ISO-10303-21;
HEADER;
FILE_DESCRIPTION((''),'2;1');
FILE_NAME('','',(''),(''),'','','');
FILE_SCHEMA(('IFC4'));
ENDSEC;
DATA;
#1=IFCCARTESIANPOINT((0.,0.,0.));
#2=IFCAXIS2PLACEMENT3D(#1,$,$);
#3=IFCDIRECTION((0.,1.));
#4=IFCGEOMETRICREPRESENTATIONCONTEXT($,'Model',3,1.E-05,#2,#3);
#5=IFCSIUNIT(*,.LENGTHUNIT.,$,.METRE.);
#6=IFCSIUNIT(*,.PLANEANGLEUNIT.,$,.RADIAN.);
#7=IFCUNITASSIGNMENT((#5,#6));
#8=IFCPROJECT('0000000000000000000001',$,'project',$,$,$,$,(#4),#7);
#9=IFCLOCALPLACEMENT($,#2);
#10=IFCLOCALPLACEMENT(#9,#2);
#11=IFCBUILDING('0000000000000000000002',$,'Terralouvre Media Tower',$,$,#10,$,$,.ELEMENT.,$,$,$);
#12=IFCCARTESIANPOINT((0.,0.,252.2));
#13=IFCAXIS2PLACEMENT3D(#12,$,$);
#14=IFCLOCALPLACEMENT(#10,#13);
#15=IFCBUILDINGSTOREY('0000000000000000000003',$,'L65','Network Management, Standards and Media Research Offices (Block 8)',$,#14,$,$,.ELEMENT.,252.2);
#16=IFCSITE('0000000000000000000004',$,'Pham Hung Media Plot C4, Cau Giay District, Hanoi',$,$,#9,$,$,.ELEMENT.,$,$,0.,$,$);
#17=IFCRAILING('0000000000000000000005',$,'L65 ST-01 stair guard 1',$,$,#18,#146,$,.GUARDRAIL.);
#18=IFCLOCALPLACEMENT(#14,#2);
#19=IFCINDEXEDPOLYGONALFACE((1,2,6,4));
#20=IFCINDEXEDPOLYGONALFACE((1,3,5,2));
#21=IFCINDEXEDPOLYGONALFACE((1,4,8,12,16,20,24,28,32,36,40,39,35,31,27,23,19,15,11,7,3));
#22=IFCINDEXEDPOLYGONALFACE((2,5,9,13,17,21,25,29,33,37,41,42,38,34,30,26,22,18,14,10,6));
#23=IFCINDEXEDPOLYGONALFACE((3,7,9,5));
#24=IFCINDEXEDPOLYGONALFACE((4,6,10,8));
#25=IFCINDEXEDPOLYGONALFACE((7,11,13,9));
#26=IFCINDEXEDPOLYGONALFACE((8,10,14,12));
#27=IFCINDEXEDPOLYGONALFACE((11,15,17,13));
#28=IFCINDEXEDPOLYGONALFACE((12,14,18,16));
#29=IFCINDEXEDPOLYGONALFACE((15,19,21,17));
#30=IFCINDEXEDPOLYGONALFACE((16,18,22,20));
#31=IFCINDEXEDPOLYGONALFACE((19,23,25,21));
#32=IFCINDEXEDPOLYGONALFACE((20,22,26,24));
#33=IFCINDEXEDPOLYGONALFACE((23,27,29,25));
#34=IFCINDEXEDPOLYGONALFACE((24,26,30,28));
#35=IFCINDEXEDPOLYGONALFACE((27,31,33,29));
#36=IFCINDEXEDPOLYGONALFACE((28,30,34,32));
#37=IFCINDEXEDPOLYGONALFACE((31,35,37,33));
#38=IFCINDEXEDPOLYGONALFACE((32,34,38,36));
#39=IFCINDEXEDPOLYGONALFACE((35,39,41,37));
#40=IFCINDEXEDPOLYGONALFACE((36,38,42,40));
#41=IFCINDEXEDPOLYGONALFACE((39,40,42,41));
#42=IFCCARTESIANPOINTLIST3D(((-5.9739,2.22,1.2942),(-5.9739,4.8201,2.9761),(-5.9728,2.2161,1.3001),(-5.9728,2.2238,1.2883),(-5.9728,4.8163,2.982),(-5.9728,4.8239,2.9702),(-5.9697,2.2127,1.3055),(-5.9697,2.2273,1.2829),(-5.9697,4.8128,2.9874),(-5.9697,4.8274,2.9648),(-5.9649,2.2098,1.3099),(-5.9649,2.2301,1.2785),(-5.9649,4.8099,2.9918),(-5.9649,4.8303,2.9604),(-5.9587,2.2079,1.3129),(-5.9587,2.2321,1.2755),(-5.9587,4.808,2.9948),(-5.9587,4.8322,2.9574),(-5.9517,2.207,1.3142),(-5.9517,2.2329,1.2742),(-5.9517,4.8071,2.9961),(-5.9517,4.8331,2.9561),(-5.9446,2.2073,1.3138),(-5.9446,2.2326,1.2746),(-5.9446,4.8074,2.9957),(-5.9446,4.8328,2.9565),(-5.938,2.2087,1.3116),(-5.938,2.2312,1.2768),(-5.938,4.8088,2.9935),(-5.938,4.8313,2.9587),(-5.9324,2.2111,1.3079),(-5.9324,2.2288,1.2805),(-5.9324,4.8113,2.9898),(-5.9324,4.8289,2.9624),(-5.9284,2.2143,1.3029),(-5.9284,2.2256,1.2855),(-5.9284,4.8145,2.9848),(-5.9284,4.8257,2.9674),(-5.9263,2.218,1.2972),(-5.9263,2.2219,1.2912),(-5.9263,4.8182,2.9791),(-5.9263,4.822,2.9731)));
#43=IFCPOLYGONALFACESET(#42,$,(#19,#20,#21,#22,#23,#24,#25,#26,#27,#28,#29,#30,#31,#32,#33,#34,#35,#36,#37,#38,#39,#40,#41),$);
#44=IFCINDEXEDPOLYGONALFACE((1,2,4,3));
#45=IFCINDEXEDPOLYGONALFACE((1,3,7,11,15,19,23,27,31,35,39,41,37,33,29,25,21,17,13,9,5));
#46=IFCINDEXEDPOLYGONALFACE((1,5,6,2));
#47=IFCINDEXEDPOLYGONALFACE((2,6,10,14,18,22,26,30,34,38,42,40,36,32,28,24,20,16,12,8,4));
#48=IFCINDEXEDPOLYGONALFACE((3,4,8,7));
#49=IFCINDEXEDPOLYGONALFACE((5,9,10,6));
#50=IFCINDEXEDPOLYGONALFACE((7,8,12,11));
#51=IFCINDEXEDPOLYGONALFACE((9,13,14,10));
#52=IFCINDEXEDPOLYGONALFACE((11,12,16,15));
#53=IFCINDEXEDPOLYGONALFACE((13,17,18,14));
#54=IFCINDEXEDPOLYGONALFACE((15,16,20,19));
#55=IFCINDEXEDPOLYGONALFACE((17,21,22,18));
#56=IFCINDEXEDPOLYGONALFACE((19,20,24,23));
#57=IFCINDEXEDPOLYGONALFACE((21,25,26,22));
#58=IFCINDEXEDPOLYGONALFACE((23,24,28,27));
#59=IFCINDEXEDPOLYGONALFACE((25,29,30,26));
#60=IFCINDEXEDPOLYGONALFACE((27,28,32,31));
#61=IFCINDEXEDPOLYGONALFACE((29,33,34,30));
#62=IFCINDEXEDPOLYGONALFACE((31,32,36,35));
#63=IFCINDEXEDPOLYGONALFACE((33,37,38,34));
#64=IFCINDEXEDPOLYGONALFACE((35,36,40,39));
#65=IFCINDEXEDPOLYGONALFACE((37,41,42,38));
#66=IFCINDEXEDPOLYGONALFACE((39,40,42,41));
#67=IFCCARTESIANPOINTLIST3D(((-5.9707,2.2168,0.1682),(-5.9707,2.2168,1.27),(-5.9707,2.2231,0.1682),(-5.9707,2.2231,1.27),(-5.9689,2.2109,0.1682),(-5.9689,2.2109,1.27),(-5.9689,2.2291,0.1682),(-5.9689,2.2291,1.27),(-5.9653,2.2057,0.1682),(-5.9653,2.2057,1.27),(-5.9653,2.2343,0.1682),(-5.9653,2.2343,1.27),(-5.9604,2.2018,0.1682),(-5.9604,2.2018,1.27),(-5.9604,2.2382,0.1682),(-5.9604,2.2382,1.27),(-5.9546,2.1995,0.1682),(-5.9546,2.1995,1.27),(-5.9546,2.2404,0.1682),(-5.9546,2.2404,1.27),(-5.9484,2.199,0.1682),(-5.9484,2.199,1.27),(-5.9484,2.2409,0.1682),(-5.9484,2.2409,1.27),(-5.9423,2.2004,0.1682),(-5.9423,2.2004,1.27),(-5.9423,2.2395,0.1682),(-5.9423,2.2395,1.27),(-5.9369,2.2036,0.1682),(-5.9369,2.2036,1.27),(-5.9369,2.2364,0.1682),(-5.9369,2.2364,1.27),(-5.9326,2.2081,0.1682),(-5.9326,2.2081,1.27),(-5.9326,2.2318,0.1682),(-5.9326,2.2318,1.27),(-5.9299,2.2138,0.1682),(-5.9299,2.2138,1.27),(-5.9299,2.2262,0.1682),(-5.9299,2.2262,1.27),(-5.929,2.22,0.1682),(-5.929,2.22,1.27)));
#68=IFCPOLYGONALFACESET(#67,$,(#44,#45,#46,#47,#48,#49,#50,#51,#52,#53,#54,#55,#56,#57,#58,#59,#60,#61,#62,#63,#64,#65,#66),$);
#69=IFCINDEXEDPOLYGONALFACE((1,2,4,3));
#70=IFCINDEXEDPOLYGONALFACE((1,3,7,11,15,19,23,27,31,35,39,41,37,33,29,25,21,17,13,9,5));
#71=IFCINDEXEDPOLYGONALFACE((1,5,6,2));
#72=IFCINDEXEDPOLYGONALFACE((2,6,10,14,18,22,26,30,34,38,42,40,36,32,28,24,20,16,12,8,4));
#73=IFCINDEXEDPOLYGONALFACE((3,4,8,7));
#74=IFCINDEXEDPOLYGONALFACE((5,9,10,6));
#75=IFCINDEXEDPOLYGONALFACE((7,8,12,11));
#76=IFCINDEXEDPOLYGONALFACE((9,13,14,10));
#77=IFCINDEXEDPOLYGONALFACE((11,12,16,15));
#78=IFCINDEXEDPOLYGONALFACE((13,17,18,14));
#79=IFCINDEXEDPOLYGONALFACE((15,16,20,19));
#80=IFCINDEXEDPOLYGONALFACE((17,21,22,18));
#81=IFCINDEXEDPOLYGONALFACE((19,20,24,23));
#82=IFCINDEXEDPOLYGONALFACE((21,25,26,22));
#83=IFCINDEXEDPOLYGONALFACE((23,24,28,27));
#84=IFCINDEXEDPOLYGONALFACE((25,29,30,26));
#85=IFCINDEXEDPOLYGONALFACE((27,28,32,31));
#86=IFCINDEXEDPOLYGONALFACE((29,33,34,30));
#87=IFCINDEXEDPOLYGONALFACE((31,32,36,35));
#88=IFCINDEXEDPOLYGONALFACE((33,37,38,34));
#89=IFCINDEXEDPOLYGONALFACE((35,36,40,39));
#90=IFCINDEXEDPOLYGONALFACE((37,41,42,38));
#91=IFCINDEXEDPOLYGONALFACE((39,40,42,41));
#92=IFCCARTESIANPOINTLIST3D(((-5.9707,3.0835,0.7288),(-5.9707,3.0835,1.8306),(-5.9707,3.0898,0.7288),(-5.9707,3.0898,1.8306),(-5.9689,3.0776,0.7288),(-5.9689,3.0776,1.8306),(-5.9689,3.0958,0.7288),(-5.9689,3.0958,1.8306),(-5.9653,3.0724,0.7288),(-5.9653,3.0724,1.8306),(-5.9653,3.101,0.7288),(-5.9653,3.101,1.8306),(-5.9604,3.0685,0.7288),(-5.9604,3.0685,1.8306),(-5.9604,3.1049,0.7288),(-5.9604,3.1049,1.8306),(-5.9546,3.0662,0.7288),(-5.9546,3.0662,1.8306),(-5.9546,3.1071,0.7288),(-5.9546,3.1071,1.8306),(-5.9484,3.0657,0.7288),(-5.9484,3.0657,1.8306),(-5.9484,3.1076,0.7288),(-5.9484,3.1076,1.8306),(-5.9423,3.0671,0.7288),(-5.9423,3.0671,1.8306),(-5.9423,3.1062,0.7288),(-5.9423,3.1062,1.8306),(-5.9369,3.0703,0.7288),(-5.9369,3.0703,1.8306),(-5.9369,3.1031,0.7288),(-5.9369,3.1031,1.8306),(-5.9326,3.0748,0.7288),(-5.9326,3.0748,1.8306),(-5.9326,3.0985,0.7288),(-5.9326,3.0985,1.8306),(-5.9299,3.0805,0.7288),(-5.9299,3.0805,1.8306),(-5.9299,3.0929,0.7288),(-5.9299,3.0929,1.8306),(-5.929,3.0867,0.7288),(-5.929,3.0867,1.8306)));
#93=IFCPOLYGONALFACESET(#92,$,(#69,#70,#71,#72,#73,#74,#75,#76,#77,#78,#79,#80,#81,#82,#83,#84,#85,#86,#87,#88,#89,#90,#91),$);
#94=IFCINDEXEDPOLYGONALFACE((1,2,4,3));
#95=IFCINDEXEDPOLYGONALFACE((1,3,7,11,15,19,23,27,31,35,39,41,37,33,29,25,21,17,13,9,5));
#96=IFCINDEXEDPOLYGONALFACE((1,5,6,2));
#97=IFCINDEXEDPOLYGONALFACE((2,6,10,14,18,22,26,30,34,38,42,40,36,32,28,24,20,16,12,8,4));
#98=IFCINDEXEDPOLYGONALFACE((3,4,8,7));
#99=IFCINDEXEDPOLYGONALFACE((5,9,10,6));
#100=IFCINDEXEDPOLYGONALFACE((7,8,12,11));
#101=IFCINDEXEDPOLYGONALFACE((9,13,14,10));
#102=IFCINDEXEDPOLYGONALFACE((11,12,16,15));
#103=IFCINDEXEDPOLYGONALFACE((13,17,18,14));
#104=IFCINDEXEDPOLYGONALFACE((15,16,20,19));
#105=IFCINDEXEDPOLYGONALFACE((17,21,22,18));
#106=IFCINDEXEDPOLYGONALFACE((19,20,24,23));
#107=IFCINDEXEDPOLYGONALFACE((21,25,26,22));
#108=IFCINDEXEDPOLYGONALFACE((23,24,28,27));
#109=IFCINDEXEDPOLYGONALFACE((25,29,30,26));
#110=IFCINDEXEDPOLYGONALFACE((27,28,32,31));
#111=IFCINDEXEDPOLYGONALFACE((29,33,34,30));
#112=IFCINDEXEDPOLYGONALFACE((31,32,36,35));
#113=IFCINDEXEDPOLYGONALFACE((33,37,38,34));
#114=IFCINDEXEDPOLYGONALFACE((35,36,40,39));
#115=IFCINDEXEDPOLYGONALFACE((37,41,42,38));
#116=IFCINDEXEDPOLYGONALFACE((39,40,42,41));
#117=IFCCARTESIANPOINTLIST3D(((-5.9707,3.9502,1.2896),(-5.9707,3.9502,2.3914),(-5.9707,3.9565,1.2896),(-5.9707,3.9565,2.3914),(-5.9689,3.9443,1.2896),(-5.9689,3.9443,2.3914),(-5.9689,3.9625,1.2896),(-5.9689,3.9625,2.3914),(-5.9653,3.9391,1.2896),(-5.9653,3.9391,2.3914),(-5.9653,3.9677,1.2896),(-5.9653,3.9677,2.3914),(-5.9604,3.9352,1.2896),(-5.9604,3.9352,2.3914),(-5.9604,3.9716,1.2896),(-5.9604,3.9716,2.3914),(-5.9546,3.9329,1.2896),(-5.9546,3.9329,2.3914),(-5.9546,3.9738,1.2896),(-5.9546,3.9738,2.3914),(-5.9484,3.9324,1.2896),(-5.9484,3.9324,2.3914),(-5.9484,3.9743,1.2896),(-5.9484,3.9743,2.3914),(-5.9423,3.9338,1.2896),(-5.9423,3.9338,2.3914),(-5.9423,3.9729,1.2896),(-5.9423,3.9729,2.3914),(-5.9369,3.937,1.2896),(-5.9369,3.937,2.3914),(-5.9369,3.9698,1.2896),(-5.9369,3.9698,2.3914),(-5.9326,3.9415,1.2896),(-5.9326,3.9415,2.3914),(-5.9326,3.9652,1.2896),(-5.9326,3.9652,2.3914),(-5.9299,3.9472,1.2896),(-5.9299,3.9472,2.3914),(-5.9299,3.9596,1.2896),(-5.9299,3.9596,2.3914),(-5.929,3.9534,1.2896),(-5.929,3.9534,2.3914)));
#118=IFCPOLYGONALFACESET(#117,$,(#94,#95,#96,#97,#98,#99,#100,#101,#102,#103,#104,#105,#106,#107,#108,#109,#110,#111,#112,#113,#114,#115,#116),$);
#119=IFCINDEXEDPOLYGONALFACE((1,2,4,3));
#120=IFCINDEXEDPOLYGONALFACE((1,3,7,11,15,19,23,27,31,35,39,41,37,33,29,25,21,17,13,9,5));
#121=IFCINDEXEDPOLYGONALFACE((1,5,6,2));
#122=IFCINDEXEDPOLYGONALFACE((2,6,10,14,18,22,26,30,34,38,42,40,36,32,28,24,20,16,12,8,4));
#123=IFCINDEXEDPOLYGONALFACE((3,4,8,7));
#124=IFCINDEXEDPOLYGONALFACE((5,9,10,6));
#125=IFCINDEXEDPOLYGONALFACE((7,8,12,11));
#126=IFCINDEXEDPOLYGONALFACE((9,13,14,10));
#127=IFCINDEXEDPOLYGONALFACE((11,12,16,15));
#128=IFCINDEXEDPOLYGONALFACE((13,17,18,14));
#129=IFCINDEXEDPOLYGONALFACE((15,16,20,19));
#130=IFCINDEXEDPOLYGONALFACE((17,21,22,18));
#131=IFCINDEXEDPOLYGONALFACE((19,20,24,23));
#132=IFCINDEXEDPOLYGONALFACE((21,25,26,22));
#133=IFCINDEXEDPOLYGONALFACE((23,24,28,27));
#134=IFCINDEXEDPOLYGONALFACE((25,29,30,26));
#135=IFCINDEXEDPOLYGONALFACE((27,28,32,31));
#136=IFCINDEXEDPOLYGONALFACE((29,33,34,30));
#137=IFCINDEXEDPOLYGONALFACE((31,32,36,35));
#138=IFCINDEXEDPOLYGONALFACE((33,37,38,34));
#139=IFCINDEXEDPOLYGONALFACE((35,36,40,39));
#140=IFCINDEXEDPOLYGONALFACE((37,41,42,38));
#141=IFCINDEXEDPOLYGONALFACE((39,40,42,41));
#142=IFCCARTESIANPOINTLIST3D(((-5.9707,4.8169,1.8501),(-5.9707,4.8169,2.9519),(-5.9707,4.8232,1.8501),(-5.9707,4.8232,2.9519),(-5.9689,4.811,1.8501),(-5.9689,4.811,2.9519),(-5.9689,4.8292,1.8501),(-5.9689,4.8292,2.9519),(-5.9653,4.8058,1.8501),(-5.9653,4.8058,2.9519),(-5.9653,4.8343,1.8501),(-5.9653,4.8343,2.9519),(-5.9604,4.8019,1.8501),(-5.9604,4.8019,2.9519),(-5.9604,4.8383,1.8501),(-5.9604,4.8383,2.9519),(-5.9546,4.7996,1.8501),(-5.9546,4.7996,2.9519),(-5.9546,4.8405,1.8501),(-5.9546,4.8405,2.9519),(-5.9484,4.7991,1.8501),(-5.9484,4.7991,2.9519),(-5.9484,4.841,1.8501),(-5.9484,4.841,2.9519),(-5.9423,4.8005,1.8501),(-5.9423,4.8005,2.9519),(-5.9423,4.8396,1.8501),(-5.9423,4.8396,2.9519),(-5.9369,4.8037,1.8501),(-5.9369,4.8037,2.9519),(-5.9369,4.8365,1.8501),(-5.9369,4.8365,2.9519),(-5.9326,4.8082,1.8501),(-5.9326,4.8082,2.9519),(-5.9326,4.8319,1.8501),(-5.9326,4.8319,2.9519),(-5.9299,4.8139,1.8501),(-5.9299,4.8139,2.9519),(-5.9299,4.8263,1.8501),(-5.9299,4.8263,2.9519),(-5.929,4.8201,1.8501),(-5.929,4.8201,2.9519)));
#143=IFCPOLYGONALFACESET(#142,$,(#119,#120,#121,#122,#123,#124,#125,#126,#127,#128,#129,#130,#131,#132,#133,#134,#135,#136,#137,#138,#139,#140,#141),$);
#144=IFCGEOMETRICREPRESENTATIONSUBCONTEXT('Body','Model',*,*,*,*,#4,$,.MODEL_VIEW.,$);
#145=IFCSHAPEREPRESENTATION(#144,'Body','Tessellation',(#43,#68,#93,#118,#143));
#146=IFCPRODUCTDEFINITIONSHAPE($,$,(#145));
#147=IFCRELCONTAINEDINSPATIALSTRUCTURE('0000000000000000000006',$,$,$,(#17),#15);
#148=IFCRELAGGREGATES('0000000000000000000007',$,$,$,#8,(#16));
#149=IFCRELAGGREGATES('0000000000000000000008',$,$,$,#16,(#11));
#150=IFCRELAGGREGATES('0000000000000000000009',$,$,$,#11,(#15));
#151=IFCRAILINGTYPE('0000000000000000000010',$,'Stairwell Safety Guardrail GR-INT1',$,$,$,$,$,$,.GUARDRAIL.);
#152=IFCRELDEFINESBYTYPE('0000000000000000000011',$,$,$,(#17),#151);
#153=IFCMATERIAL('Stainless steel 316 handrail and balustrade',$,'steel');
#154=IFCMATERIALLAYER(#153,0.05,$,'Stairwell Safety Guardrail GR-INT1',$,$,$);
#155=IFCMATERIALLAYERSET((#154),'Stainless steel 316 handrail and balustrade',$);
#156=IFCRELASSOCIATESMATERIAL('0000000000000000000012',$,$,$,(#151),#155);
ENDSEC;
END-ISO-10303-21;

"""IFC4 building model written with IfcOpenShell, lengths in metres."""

from ifc_helpers import new_model, si_unit, direction, frame, origin, origin_2d, place, context, subcontext, project, spatial, circle, extrude, material, layer, layer_set, type_object, element, save


model = new_model("IFC4")

# Units and contexts
model_context = context("Model", 3, precision=1e-05, world=origin(), true_north=direction((0.0, 1.0)))
body_context = subcontext(model_context, "Body", "Model", "MODEL_VIEW")
ifc_project = project(units=[si_unit("LENGTHUNIT", "METRE"), si_unit("PLANEANGLEUNIT", "RADIAN")], contexts=[model_context])

# Site, building, storey
site_placement = place(None, origin())
site = spatial("IfcSite", under=ifc_project, at=site_placement, Name="Pham Hung Media Plot C4, Cau Giay District, Hanoi", CompositionType="ELEMENT", RefElevation=0.0)
building_placement = place(site_placement, origin())
building = spatial("IfcBuilding", under=site, at=building_placement, Name="Terralouvre Media Tower", CompositionType="ELEMENT")
storey_placement = place(building_placement, frame((0.0, 0.0, 252.2)))
storey = spatial("IfcBuildingStorey", under=building, at=storey_placement, Name="L65", Description="Network Management, Standards and Media Research Offices (Block 8)", CompositionType="ELEMENT", Elevation=252.2)

# Railing
ifc_material_1 = material(Name="Stainless steel 316 handrail and balustrade", Category="steel")
ifc_layer_1 = layer(ifc_material_1, 0.05, Name="Stairwell Safety Guardrail GR-INT1")
ifc_layer_set_1 = layer_set([ifc_layer_1], Name="Stainless steel 316 handrail and balustrade")
railing_type_1 = type_object("IfcRailingType", Name="Stairwell Safety Guardrail GR-INT1", PredefinedType="GUARDRAIL", material=ifc_layer_set_1)
railing_1_placement = place(storey_placement, frame((-5.95, 2.22, 0.1682)))
element("IfcRailing", 1, at=railing_1_placement, inside=storey, type_object=railing_type_1, Name="L65 ST-01 stair guard 1", PredefinedType="GUARDRAIL", context=body_context, shape_type="SweptSolid", body=[
    extrude(circle(Radius=0.0239, at=origin_2d()), frame((0.0, 0.0, 1.126), z_axis=(0.0, 0.839648, 0.54313), x_axis=(-1.0, 0.0, 0.0)), (0.0, 0.0, 1.0), 3.0967),
    extrude(circle(Radius=0.021, at=origin_2d()), origin(), (0.0, 0.0, 1.0), 1.1018),
    extrude(circle(Radius=0.021, at=origin_2d()), frame((0.0, 0.8667, 0.5605)), (0.0, 0.0, 1.0), 1.1018),
    extrude(circle(Radius=0.021, at=origin_2d()), frame((0.0, 1.7334, 1.1213)), (0.0, 0.0, 1.0), 1.1018),
    extrude(circle(Radius=0.021, at=origin_2d()), frame((0.0, 2.6001, 1.6819)), (0.0, 0.0, 1.0), 1.1018),
])

save(model, "model.ifc")
